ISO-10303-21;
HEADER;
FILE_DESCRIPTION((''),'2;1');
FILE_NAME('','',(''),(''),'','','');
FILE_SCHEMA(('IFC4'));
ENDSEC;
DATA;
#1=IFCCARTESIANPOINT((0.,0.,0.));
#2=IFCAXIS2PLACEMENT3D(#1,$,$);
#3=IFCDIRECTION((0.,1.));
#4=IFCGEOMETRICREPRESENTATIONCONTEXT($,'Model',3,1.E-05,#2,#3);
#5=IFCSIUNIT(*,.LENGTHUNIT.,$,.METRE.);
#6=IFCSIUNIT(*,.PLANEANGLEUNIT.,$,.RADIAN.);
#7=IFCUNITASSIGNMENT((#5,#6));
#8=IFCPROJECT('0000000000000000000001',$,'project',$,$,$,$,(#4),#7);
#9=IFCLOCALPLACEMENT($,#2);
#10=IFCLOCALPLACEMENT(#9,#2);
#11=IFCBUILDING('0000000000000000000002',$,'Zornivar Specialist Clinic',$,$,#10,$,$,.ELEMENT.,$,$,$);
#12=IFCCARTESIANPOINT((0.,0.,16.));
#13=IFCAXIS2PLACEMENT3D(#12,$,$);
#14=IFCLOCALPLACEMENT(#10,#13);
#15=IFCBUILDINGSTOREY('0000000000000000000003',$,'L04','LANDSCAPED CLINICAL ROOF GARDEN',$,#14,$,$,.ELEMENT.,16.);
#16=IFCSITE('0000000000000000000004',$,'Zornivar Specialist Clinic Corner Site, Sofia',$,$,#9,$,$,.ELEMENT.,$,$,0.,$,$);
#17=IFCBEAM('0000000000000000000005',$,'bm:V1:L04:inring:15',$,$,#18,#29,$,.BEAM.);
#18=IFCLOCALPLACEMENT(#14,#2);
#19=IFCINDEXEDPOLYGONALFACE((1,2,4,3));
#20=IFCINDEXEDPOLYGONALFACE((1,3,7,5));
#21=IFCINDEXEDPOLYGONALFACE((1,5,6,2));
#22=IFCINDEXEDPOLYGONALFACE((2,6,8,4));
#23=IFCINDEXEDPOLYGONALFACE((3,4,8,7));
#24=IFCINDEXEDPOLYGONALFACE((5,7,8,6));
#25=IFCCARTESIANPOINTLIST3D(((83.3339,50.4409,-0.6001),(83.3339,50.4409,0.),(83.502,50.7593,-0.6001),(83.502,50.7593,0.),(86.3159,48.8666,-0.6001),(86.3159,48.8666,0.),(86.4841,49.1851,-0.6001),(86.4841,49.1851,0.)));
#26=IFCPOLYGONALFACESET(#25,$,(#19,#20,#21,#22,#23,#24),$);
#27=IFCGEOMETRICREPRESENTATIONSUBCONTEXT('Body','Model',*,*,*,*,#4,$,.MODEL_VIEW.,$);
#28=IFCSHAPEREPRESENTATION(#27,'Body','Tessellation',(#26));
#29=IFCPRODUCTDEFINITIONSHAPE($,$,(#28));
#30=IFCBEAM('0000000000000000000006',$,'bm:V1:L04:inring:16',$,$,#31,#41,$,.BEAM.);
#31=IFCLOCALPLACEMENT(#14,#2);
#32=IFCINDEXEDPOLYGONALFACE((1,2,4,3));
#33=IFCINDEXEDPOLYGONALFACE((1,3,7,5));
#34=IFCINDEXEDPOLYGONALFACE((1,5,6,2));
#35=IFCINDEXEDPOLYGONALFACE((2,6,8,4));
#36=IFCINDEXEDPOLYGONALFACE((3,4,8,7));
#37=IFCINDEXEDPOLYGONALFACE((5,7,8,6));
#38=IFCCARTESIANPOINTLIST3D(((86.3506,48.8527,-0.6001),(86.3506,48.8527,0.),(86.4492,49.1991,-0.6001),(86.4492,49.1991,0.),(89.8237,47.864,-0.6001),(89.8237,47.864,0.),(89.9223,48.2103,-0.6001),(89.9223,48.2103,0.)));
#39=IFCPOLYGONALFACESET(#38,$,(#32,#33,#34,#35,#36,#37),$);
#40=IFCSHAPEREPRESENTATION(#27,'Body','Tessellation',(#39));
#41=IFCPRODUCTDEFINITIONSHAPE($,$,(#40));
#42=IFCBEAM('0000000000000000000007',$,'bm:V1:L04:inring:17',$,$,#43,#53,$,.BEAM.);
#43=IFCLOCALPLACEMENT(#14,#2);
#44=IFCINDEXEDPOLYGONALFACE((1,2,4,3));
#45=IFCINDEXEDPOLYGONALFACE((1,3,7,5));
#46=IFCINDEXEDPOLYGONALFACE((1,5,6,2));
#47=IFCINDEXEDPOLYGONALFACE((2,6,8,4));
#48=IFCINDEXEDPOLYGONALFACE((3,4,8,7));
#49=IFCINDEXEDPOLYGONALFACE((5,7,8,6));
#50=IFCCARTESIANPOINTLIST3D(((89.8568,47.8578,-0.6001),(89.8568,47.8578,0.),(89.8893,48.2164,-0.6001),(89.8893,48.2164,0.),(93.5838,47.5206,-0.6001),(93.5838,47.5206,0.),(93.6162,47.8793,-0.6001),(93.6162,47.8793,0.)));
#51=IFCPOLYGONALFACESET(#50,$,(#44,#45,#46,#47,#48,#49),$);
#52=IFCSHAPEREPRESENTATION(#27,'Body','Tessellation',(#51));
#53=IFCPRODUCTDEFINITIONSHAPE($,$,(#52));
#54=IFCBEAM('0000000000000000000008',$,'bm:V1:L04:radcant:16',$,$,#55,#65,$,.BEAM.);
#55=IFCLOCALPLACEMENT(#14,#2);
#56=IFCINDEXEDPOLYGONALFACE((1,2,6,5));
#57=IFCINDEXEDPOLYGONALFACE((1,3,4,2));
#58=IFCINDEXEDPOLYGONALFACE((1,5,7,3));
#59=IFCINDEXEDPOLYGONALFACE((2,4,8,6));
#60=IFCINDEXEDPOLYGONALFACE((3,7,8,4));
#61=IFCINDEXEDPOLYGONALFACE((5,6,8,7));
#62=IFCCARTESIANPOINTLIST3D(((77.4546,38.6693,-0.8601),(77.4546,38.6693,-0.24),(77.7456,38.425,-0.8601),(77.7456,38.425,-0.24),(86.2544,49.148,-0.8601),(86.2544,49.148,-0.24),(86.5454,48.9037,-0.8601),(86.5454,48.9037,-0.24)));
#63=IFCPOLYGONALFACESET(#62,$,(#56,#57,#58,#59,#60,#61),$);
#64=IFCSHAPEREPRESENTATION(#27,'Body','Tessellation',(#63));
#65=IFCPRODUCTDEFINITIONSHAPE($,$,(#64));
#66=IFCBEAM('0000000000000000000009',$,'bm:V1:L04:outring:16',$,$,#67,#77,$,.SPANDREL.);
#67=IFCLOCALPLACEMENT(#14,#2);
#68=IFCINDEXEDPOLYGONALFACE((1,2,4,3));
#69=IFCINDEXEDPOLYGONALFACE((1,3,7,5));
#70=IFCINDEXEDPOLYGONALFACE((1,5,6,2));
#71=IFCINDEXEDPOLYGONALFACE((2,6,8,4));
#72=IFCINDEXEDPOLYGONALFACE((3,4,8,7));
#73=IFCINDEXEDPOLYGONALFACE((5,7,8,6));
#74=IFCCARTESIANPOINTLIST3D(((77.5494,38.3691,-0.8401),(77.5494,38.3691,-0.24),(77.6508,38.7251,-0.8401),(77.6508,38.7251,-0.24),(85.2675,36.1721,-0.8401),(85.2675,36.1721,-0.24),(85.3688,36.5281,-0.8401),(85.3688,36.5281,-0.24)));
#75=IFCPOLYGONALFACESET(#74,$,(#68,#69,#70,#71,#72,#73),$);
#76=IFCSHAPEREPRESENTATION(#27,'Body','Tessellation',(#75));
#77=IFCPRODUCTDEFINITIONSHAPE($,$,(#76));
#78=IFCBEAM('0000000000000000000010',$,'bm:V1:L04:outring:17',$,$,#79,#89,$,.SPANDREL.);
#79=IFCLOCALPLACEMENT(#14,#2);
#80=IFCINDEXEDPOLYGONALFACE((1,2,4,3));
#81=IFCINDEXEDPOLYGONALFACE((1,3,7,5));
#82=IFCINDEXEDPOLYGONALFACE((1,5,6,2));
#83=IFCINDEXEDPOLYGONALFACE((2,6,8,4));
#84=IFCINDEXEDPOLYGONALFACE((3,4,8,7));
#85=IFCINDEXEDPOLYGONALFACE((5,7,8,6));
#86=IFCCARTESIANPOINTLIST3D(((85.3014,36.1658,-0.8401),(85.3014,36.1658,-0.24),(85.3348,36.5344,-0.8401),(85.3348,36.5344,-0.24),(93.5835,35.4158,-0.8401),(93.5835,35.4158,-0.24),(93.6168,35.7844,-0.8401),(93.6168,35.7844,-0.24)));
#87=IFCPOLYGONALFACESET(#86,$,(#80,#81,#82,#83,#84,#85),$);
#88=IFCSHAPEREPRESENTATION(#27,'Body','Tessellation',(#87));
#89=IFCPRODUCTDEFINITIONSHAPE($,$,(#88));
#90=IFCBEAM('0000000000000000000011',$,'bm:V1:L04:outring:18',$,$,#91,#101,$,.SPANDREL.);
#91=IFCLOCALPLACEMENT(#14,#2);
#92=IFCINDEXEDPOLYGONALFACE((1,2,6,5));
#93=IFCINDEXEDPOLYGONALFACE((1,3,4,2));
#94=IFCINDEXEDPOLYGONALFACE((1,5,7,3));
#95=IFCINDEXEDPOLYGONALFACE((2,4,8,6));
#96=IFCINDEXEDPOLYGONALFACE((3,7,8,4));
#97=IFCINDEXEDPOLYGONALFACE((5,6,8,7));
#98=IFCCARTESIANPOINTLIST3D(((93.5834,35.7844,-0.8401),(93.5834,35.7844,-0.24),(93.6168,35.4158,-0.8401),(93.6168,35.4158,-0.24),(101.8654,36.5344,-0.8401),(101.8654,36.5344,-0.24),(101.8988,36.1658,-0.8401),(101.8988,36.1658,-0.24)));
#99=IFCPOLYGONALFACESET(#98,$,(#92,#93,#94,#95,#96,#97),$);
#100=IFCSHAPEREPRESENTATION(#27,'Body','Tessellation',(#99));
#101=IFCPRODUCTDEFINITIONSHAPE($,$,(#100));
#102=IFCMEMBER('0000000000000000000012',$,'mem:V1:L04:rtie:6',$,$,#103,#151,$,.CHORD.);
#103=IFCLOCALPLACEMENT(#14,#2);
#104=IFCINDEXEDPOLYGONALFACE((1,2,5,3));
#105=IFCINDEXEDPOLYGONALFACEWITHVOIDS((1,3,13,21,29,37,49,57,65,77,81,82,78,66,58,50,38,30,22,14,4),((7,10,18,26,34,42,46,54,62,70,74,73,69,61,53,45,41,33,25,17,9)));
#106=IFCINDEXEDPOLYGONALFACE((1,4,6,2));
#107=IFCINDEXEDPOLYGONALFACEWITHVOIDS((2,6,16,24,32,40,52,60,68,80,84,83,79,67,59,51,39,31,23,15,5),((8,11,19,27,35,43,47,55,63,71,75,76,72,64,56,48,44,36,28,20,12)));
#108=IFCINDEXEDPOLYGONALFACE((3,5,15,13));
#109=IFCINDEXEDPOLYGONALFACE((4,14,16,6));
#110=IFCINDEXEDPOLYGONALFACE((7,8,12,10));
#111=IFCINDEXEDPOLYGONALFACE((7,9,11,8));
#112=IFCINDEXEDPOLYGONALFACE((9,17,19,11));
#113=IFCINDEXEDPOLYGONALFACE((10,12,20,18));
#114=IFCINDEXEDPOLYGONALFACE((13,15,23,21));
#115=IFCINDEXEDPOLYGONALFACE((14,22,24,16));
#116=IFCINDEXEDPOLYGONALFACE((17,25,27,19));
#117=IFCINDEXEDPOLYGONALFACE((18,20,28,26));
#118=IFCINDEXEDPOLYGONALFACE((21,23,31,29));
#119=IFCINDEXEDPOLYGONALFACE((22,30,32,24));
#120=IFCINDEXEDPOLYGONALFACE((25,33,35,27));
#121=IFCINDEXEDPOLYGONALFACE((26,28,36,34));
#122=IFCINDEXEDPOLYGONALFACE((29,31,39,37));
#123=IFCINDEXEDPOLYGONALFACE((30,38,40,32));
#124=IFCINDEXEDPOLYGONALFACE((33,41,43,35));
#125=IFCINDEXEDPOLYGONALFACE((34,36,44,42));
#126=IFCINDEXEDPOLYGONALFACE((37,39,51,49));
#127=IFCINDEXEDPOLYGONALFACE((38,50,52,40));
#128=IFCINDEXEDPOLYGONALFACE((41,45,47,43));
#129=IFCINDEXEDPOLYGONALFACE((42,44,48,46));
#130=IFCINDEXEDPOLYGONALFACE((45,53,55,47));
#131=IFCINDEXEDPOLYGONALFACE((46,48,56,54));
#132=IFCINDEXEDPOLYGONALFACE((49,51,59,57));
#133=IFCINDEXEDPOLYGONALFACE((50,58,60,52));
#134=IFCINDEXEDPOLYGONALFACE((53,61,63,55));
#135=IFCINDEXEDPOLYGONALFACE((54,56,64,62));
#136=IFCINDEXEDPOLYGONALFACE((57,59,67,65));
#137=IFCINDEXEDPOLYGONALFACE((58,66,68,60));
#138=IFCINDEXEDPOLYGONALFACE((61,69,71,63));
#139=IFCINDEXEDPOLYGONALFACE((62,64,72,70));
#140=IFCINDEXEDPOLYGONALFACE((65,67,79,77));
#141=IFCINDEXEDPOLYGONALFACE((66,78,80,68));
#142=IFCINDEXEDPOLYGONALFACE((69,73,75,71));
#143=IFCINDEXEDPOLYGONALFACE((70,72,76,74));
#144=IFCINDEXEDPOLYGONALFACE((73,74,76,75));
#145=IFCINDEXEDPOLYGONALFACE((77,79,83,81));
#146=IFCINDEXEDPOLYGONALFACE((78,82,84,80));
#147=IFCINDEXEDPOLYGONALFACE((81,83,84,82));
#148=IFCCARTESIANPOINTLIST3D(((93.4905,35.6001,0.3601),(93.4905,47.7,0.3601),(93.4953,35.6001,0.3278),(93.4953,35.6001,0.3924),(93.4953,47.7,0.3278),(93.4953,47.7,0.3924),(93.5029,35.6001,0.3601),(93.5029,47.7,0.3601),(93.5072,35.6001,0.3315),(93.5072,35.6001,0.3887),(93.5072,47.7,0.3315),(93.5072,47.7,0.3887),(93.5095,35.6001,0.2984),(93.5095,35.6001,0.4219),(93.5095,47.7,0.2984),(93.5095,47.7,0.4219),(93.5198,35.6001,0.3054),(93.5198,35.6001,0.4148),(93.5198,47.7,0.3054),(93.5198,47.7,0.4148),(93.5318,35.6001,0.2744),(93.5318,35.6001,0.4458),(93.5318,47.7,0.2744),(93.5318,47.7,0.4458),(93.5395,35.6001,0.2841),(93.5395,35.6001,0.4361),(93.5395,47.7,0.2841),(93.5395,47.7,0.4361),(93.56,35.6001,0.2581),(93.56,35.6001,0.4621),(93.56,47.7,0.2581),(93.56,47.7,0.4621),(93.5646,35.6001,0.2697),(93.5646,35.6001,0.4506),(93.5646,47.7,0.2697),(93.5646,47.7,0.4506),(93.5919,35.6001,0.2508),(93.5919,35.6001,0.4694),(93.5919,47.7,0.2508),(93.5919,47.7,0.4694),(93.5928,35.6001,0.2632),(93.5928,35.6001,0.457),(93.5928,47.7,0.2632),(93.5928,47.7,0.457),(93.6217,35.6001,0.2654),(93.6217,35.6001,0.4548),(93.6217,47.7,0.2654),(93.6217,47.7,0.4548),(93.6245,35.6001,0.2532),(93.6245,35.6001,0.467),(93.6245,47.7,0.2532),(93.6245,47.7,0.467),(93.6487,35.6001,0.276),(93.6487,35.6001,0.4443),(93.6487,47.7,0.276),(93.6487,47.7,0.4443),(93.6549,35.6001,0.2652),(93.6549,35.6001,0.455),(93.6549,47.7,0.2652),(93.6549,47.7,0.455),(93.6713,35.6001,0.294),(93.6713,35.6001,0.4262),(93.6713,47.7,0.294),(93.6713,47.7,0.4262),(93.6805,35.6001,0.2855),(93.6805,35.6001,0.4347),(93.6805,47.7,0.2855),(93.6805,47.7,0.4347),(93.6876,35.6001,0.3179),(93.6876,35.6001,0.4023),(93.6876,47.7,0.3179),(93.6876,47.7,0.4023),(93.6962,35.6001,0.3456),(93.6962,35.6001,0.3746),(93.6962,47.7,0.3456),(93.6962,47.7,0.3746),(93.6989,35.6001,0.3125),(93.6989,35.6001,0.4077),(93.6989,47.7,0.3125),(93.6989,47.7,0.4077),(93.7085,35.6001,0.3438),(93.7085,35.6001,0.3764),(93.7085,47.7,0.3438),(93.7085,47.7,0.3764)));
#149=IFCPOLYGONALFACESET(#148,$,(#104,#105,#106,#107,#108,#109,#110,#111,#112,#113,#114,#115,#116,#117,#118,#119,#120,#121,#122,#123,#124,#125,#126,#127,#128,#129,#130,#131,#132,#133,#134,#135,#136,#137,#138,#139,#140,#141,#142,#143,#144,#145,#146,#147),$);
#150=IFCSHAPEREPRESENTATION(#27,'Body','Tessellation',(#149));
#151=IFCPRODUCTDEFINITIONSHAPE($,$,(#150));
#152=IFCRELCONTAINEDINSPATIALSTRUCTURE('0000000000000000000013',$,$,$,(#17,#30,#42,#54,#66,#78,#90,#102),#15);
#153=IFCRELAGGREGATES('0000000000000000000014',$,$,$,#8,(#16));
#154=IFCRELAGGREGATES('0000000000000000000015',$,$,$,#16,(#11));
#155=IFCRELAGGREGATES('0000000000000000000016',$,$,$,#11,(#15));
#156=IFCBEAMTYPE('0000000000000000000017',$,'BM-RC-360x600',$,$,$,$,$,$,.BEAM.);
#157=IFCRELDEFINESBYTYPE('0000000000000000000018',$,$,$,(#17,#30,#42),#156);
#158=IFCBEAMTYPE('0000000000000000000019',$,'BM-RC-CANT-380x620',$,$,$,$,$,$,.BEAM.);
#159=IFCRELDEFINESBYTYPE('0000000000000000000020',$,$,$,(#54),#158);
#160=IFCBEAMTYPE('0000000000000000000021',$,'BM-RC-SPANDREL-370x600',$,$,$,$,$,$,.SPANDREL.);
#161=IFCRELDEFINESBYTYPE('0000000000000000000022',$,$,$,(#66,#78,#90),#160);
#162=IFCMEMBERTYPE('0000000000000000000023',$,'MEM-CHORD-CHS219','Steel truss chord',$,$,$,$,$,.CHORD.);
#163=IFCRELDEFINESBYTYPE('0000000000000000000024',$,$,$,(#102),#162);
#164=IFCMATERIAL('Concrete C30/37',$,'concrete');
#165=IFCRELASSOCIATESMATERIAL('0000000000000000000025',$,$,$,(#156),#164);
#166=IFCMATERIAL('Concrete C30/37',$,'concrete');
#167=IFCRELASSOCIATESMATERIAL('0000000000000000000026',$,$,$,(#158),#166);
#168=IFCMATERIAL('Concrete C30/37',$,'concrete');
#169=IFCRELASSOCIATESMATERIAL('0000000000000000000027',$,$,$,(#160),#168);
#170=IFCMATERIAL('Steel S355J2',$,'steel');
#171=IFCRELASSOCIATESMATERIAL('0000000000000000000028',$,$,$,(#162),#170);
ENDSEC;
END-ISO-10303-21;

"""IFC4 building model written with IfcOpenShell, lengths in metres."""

from ifc_helpers import new_model, si_unit, direction, frame, origin, origin_2d, place, context, subcontext, project, spatial, rectangle, hollow_circle, extrude, material, material_profile, profile_set, type_object, element, save


model = new_model("IFC4")

# Units and contexts
model_context = context("Model", 3, precision=1e-05, world=origin(), true_north=direction((0.0, 1.0)))
body_context = subcontext(model_context, "Body", "Model", "MODEL_VIEW")
ifc_project = project(units=[si_unit("LENGTHUNIT", "METRE"), si_unit("PLANEANGLEUNIT", "RADIAN")], contexts=[model_context])

# Site, building, storey
site_placement = place(None, origin())
site = spatial("IfcSite", under=ifc_project, at=site_placement, Name="Zornivar Specialist Clinic Corner Site, Sofia", CompositionType="ELEMENT", RefElevation=0.0)
building_placement = place(site_placement, origin())
building = spatial("IfcBuilding", under=site, at=building_placement, Name="Zornivar Specialist Clinic", CompositionType="ELEMENT")
storey_placement = place(building_placement, frame((0.0, 0.0, 16.0)))
storey = spatial("IfcBuildingStorey", under=building, at=storey_placement, Name="L04", Description="LANDSCAPED CLINICAL ROOF GARDEN", CompositionType="ELEMENT", Elevation=16.0)

# Beams
ifc_material_1 = material(Name="Concrete C30/37", Category="concrete")
ifc_material_profile_1 = material_profile(ifc_material_1, rectangle(XDim=0.3601, YDim=0.6001, at=origin_2d()), Name="RC 360x600")
ifc_profile_set_1 = profile_set([ifc_material_profile_1], Name="Concrete C30/37")
beam_type_1 = type_object("IfcBeamType", Name="BM-RC-360x600", PredefinedType="BEAM", material=ifc_profile_set_1)
beam_1_placement = place(storey_placement, frame((83.418, 50.6001, -0.3), z_axis=(0.884333, -0.466856, 0.0), x_axis=(0.466856, 0.884333, 0.0)))
element("IfcBeam", 1, at=beam_1_placement, inside=storey, type_object=beam_type_1, Name="bm:V1:L04:inring:15", PredefinedType="BEAM", context=body_context, shape_type="SweptSolid", body=[
    extrude(rectangle(XDim=0.3601, YDim=0.6001, at=origin_2d()), origin(), (0.0, 0.0, 1.0), 3.3721),
])
beam_2_placement = place(storey_placement, frame((86.3999, 49.0259, -0.3), z_axis=(0.961784, -0.27381, 0.0), x_axis=(0.27381, 0.961784, 0.0)))
element("IfcBeam", 2, at=beam_2_placement, inside=storey, type_object=beam_type_1, Name="bm:V1:L04:inring:16", PredefinedType="BEAM", context=body_context, shape_type="SweptSolid", body=[
    extrude(rectangle(XDim=0.3601, YDim=0.6001, at=origin_2d()), origin(), (0.0, 0.0, 1.0), 3.6111),
])
beam_3_placement = place(storey_placement, frame((89.873, 48.0371, -0.3), z_axis=(0.995933, -0.090095, 0.0), x_axis=(0.090095, 0.995933, 0.0)))
element("IfcBeam", 3, at=beam_3_placement, inside=storey, type_object=beam_type_1, Name="bm:V1:L04:inring:17", PredefinedType="BEAM", context=body_context, shape_type="SweptSolid", body=[
    extrude(rectangle(XDim=0.3601, YDim=0.6001, at=origin_2d()), origin(), (0.0, 0.0, 1.0), 3.7422),
])
ifc_material_2 = material(Name="Concrete C30/37", Category="concrete")
ifc_material_profile_2 = material_profile(ifc_material_2, rectangle(XDim=0.3799, YDim=0.6201, at=origin_2d()), Name="RC 380x620")
ifc_profile_set_2 = profile_set([ifc_material_profile_2], Name="Concrete C30/37")
beam_type_2 = type_object("IfcBeamType", Name="BM-RC-CANT-380x620", PredefinedType="BEAM", material=ifc_profile_set_2)
beam_4_placement = place(storey_placement, frame((86.3999, 49.0259, -0.55), z_axis=(-0.643091, -0.76579, 0.0), x_axis=(0.76579, -0.643091, 0.0)))
element("IfcBeam", 4, at=beam_4_placement, inside=storey, type_object=beam_type_2, Name="bm:V1:L04:radcant:16", PredefinedType="BEAM", context=body_context, shape_type="SweptSolid", body=[
    extrude(rectangle(XDim=0.3799, YDim=0.6201, at=origin_2d()), origin(), (0.0, 0.0, 1.0), 13.6836),
])
ifc_material_3 = material(Name="Concrete C30/37", Category="concrete")
ifc_material_profile_3 = material_profile(ifc_material_3, rectangle(XDim=0.3701, YDim=0.6001, at=origin_2d()), Name="RC 370x600")
ifc_profile_set_3 = profile_set([ifc_material_profile_3], Name="Concrete C30/37")
beam_type_3 = type_object("IfcBeamType", Name="BM-RC-SPANDREL-370x600", PredefinedType="SPANDREL", material=ifc_profile_set_3)
beam_5_placement = place(storey_placement, frame((77.6001, 38.5471, -0.54), z_axis=(0.961791, -0.273785, 0.0), x_axis=(0.273785, 0.961791, 0.0)))
element("IfcBeam", 5, at=beam_5_placement, inside=storey, type_object=beam_type_3, Name="bm:V1:L04:outring:16", PredefinedType="SPANDREL", context=body_context, shape_type="SweptSolid", body=[
    extrude(rectangle(XDim=0.3701, YDim=0.6001, at=origin_2d()), origin(), (0.0, 0.0, 1.0), 8.0247),
])
for number, where, z_axis, x_axis, name in (
    (6, (85.3181, 36.3501, -0.54), (0.995925, -0.090189, 0.0), (0.090189, 0.995925, 0.0), "bm:V1:L04:outring:17"),
    (7, (93.6001, 35.6001, -0.54), (0.995925, 0.090189, 0.0), (-0.090189, 0.995925, 0.0), "bm:V1:L04:outring:18"),
):
    element("IfcBeam", number, at=place(storey_placement, frame(where, z_axis=z_axis, x_axis=x_axis)), inside=storey, type_object=beam_type_3, Name=name, PredefinedType="SPANDREL", context=body_context, shape_type="SweptSolid", body=[
        extrude(rectangle(XDim=0.3701, YDim=0.6001, at=origin_2d()), origin(), (0.0, 0.0, 1.0), 8.3159),
    ])

# Member
ifc_material_4 = material(Name="Steel S355J2", Category="steel")
ifc_material_profile_4 = material_profile(ifc_material_4, hollow_circle(Radius=0.1096, WallThickness=0.0125, at=origin_2d()), Name="CHS 219.1x12.5")
ifc_profile_set_4 = profile_set([ifc_material_profile_4], Name="Steel S355J2")
member_type_1 = type_object("IfcMemberType", Name="MEM-CHORD-CHS219", Description="Steel truss chord", PredefinedType="CHORD", material=ifc_profile_set_4)
member_1_placement = place(storey_placement, frame((93.6001, 35.6001, 0.3601), z_axis=(0.0, 1.0, 0.0), x_axis=(-1.0, 0.0, 0.0)))
element("IfcMember", 8, at=member_1_placement, inside=storey, type_object=member_type_1, Name="mem:V1:L04:rtie:6", PredefinedType="CHORD", context=body_context, shape_type="SweptSolid", body=[
    extrude(hollow_circle(Radius=0.1096, WallThickness=0.0125, at=origin_2d()), origin(), (0.0, 0.0, 1.0), 12.0999),
])

save(model, "model.ifc")
